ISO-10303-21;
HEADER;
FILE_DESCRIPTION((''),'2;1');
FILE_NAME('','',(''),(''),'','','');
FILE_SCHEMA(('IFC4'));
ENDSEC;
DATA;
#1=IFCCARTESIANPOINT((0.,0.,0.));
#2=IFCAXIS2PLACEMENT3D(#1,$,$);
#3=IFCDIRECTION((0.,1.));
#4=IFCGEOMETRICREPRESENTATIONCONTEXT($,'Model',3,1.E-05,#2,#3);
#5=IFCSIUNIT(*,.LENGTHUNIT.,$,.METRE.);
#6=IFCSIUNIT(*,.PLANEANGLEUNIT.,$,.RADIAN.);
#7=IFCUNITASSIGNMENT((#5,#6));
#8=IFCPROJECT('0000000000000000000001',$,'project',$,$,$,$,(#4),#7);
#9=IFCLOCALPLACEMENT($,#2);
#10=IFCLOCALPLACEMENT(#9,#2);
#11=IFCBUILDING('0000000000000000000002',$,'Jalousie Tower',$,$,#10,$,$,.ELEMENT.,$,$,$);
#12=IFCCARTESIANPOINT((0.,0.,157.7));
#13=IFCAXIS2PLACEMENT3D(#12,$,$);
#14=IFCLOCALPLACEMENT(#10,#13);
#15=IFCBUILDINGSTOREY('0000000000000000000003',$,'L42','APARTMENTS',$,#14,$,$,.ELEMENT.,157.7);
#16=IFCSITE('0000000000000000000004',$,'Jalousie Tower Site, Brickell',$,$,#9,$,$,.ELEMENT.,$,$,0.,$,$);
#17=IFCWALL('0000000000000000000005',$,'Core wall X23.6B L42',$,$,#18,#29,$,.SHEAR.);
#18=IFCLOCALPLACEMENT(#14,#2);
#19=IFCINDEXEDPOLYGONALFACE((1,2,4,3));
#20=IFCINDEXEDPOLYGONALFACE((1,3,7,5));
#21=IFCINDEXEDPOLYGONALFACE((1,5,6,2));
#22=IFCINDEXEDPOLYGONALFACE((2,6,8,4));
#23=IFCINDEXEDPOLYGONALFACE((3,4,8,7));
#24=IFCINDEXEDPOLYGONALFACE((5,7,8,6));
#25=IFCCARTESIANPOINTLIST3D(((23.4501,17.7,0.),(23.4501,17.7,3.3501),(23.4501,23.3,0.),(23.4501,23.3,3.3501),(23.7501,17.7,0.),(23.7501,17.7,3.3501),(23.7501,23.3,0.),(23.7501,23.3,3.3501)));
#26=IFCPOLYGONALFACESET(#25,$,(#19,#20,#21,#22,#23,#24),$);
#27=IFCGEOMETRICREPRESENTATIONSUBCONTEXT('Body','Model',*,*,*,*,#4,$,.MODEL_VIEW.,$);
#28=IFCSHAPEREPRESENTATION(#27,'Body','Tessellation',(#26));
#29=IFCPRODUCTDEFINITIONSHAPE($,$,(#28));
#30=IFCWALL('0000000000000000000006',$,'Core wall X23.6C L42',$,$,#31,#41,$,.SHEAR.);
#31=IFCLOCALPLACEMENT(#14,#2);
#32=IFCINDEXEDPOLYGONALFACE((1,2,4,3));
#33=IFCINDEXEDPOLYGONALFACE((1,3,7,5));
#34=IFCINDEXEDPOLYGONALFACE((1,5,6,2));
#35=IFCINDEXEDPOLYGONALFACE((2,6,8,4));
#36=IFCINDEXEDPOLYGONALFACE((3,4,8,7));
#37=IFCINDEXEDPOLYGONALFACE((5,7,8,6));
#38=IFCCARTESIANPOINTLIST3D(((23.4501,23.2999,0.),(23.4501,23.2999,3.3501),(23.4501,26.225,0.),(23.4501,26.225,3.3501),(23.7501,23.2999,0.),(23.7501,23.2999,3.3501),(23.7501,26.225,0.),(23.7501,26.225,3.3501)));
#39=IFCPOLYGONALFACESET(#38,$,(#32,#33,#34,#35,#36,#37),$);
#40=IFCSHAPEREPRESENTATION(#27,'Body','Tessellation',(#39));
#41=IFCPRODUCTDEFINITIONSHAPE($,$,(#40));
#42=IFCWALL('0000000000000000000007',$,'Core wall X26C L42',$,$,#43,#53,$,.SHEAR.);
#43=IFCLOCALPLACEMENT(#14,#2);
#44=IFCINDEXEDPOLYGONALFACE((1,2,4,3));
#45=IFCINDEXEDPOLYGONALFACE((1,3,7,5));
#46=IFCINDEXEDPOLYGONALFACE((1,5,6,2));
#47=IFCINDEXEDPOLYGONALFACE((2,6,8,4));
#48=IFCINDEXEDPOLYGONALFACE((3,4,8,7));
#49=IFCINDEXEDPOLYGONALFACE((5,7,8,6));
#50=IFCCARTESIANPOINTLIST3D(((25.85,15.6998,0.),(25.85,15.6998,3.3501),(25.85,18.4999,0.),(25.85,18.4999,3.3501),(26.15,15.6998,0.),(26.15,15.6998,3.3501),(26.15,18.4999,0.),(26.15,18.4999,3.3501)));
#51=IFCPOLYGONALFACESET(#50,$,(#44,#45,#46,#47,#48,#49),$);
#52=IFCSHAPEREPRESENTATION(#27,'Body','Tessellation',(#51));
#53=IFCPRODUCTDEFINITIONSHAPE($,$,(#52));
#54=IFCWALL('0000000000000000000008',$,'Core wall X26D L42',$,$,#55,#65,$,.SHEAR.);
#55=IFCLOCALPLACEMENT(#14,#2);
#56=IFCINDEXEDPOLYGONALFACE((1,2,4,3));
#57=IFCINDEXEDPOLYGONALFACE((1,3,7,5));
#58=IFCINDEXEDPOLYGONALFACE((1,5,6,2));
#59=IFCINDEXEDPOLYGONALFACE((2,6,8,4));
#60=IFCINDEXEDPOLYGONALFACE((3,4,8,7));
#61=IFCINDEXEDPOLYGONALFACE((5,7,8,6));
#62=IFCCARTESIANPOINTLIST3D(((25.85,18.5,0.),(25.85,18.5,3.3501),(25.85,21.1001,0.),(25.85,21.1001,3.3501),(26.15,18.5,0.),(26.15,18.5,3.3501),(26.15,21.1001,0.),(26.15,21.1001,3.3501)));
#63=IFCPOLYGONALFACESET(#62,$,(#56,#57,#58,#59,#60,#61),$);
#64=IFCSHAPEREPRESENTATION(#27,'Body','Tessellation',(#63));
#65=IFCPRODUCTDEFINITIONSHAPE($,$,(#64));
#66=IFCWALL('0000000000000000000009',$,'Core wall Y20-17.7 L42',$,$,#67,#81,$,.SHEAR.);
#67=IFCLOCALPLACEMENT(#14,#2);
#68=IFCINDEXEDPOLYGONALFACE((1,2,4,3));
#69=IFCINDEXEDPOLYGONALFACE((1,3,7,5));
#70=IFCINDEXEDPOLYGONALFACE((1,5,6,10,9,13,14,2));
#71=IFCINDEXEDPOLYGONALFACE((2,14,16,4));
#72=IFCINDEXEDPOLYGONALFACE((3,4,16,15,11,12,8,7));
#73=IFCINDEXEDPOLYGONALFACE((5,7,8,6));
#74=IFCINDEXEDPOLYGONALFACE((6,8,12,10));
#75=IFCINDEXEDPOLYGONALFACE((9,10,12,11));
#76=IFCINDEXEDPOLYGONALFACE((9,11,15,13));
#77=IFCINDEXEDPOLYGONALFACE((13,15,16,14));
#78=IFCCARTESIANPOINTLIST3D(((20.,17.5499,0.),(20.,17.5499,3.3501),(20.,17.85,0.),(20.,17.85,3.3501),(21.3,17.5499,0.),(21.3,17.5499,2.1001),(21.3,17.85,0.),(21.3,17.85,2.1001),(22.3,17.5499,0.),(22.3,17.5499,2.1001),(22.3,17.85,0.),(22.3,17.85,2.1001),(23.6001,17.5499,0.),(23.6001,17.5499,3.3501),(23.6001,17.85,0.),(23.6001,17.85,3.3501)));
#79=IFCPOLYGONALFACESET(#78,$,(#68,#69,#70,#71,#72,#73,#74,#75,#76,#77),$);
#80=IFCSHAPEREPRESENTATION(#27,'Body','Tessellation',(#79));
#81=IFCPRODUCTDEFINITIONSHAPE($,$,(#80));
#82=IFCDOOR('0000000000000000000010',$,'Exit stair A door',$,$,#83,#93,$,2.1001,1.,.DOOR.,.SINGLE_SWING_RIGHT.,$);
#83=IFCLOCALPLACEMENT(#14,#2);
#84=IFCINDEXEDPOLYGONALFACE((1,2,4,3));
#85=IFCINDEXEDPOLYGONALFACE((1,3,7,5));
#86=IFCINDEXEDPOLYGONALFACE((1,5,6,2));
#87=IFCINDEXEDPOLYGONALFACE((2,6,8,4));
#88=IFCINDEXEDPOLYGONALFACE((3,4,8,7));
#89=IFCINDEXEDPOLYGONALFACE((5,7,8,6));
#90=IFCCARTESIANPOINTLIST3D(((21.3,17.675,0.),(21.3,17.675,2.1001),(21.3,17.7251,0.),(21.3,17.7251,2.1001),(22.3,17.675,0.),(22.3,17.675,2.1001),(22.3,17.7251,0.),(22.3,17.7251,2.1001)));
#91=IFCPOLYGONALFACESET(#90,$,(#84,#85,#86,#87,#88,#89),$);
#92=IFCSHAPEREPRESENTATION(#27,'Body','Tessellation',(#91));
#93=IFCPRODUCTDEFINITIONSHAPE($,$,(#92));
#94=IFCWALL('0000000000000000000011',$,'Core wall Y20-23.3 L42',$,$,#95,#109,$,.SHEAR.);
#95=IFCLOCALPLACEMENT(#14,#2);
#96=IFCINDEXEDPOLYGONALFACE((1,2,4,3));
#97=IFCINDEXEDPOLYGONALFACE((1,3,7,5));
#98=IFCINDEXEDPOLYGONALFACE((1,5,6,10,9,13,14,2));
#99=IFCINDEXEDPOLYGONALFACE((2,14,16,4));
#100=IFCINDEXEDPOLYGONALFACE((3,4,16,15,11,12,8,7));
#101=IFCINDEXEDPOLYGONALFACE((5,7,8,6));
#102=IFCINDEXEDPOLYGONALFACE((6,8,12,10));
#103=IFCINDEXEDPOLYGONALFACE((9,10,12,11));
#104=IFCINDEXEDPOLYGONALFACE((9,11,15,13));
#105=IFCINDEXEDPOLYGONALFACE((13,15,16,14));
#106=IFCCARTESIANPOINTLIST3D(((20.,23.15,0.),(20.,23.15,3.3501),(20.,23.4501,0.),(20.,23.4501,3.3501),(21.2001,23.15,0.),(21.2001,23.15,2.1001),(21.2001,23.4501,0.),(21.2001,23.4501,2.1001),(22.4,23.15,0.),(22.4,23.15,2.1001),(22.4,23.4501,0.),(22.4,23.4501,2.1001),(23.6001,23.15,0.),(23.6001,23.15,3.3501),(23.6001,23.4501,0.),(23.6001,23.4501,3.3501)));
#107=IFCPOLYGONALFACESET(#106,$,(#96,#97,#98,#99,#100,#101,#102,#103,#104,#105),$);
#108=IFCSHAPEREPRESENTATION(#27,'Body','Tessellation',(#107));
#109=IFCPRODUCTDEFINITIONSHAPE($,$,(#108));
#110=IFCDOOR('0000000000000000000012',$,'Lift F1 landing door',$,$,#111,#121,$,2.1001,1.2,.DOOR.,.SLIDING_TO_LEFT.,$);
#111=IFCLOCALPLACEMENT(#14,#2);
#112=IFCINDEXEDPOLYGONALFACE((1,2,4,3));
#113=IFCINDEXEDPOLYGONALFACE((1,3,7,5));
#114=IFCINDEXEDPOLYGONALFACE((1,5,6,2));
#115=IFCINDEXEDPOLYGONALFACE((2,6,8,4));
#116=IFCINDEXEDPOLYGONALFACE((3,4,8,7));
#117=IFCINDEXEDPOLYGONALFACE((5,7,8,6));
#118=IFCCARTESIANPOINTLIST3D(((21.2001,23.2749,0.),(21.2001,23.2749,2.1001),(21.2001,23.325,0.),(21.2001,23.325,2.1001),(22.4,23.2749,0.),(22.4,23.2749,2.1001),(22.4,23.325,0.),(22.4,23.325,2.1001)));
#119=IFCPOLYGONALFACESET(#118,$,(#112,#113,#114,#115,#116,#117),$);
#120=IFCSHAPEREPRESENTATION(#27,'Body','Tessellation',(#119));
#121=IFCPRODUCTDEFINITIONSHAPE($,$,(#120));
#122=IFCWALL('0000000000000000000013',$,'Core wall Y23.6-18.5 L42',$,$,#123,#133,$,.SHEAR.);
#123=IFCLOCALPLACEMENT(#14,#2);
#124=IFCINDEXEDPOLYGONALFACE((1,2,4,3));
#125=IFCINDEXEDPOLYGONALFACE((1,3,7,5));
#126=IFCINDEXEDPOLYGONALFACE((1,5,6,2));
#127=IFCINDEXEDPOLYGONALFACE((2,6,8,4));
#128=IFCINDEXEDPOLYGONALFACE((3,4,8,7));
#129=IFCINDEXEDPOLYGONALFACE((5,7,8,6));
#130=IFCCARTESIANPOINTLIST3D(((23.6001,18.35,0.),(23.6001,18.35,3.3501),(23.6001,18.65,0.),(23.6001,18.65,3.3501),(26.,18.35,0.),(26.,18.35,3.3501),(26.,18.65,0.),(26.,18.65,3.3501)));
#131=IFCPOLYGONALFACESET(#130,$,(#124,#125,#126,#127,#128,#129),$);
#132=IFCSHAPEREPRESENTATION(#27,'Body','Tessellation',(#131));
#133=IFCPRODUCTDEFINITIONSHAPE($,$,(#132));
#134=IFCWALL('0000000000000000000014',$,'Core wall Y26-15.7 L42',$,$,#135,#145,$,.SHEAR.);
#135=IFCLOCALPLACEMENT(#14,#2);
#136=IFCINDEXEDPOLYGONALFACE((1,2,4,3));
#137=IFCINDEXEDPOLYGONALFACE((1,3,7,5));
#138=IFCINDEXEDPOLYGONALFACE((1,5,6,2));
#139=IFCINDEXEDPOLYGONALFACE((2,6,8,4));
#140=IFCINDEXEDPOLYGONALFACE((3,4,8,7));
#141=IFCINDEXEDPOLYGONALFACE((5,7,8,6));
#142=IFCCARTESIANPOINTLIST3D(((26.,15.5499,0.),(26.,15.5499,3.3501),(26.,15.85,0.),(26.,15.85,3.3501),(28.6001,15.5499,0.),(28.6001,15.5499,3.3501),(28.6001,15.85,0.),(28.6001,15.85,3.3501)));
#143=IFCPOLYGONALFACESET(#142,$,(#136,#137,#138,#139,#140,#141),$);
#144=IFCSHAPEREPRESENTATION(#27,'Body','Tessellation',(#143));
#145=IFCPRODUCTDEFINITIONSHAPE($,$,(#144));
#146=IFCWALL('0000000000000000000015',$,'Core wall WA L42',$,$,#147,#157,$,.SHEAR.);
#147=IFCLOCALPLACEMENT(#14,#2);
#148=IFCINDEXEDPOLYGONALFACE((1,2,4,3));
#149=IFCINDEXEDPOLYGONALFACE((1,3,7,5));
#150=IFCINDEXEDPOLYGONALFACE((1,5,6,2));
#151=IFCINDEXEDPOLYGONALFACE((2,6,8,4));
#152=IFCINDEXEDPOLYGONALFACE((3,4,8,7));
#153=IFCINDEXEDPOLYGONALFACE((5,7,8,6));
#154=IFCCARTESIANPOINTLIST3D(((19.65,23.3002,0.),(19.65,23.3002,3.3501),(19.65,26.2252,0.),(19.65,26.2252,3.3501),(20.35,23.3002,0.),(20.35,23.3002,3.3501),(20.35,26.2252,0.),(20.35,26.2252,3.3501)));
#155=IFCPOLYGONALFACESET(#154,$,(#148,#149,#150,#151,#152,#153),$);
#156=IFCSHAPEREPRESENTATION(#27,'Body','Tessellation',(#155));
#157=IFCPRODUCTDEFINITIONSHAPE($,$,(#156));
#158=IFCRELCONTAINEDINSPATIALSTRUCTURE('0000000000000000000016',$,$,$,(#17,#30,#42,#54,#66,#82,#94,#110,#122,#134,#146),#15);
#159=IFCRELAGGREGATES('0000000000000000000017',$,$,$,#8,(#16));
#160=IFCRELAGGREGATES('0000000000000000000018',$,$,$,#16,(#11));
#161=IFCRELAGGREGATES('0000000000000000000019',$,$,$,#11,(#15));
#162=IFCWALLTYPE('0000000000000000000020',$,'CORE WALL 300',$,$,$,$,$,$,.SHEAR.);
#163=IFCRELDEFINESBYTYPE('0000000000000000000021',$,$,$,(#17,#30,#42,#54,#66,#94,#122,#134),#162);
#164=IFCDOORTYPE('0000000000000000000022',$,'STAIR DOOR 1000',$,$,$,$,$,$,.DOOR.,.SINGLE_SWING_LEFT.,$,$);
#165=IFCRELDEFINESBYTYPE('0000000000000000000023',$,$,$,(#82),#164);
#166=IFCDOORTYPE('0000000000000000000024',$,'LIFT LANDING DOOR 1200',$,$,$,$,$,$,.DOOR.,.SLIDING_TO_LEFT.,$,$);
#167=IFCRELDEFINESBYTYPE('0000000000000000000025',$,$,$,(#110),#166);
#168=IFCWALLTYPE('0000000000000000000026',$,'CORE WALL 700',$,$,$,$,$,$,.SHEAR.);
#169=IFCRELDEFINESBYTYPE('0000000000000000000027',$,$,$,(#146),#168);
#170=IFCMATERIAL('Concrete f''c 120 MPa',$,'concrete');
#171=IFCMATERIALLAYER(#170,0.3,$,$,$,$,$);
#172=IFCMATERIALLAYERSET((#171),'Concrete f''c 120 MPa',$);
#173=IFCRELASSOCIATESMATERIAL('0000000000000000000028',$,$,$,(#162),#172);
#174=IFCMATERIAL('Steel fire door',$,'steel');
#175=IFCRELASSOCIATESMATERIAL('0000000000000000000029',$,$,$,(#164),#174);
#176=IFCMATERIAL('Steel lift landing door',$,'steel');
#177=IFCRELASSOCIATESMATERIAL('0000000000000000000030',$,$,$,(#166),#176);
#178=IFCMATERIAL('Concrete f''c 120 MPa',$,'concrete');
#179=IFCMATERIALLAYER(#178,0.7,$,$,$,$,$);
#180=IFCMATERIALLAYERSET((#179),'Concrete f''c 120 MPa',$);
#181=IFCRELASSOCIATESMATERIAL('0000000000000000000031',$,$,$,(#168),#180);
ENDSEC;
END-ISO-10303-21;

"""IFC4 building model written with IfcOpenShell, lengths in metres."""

from ifc_helpers import new_model, si_unit, direction, frame, frame_2d, origin, place, context, subcontext, project, spatial, rectangle, extrude, material, layer, layer_set, type_object, element, fill, save


model = new_model("IFC4")

# Units and contexts
model_context = context("Model", 3, precision=1e-05, world=origin(), true_north=direction((0.0, 1.0)))
body_context = subcontext(model_context, "Body", "Model", "MODEL_VIEW")
ifc_project = project(units=[si_unit("LENGTHUNIT", "METRE"), si_unit("PLANEANGLEUNIT", "RADIAN")], contexts=[model_context])

# Site, building, storey
site_placement = place(None, origin())
site = spatial("IfcSite", under=ifc_project, at=site_placement, Name="Jalousie Tower Site, Brickell", CompositionType="ELEMENT", RefElevation=0.0)
building_placement = place(site_placement, origin())
building = spatial("IfcBuilding", under=site, at=building_placement, Name="Jalousie Tower", CompositionType="ELEMENT")
storey_placement = place(building_placement, frame((0.0, 0.0, 157.7)))
storey = spatial("IfcBuildingStorey", under=building, at=storey_placement, Name="L42", Description="APARTMENTS", CompositionType="ELEMENT", Elevation=157.7)

# Walls
ifc_material_1 = material(Name="Concrete f'c 120 MPa", Category="concrete")
ifc_layer_1 = layer(ifc_material_1, 0.3)
ifc_layer_set_1 = layer_set([ifc_layer_1], Name="Concrete f'c 120 MPa")
wall_type_1 = type_object("IfcWallType", Name="CORE WALL 300", PredefinedType="SHEAR", material=ifc_layer_set_1)
wall_1_placement = place(storey_placement, frame((23.6001, 17.7, 0.0), z_axis=(0.0, 0.0, 1.0), x_axis=(0.0, 1.0, 0.0)))
element("IfcWall", 1, at=wall_1_placement, inside=storey, type_object=wall_type_1, Name="Core wall X23.6B L42", PredefinedType="SHEAR", context=body_context, shape_type="SweptSolid", body=[
    extrude(rectangle(XDim=5.6001, YDim=0.3, at=frame_2d((2.8, 0.0))), origin(), (0.0, 0.0, 1.0), 3.3501),
])
wall_2_placement = place(storey_placement, frame((23.6001, 23.3, 0.0), z_axis=(0.0, 0.0, 1.0), x_axis=(0.0, 1.0, 0.0)))
element("IfcWall", 2, at=wall_2_placement, inside=storey, type_object=wall_type_1, Name="Core wall X23.6C L42", PredefinedType="SHEAR", context=body_context, shape_type="SweptSolid", body=[
    extrude(rectangle(XDim=2.925, YDim=0.3, at=frame_2d((1.4624, 0.0))), origin(), (0.0, 0.0, 1.0), 3.3501),
])
wall_3_placement = place(storey_placement, frame((26.0, 15.7, 0.0), z_axis=(0.0, 0.0, 1.0), x_axis=(0.0, 1.0, 0.0)))
element("IfcWall", 3, at=wall_3_placement, inside=storey, type_object=wall_type_1, Name="Core wall X26C L42", PredefinedType="SHEAR", context=body_context, shape_type="SweptSolid", body=[
    extrude(rectangle(XDim=2.8, YDim=0.3, at=frame_2d((1.3999, 0.0))), origin(), (0.0, 0.0, 1.0), 3.3501),
])
wall_4_placement = place(storey_placement, frame((26.0, 18.5, 0.0), z_axis=(0.0, 0.0, 1.0), x_axis=(0.0, 1.0, 0.0)))
element("IfcWall", 4, at=wall_4_placement, inside=storey, type_object=wall_type_1, Name="Core wall X26D L42", PredefinedType="SHEAR", context=body_context, shape_type="SweptSolid", body=[
    extrude(rectangle(XDim=2.6001, YDim=0.3, at=frame_2d((1.3, 0.0))), origin(), (0.0, 0.0, 1.0), 3.3501),
])

# Walls, openings, doors
wall_5_placement = place(storey_placement, frame((20.0, 17.7, 0.0), z_axis=(0.0, 0.0, 1.0), x_axis=(1.0, 0.0, 0.0)))
wall_5 = element("IfcWall", 5, at=wall_5_placement, inside=storey, type_object=wall_type_1, Name="Core wall Y20-17.7 L42", PredefinedType="SHEAR", context=body_context, shape_type="SweptSolid", body=[
    extrude(rectangle(XDim=3.6001, YDim=0.3, at=frame_2d((1.8, 0.0))), origin(), (0.0, 0.0, 1.0), 3.3501),
])
opening_1_placement = place(wall_5_placement, frame((1.3, 0.0, 0.0)))
opening_1 = element("IfcOpeningElement", 6, at=opening_1_placement, cuts=wall_5, PredefinedType="OPENING", context=body_context, shape_type="SweptSolid", body=[
    extrude(rectangle(XDim=1.0, YDim=2.1001, at=frame_2d((0.5, 1.05))), frame((0.0, 0.1599, 0.0), z_axis=(0.0, -1.0, 0.0), x_axis=(1.0, 0.0, 0.0)), (0.0, 0.0, 1.0), 0.3201),
])
ifc_material_2 = material(Name="Steel fire door", Category="steel")
door_type_1 = type_object("IfcDoorType", Name="STAIR DOOR 1000", OperationType="SINGLE_SWING_LEFT", PredefinedType="DOOR", material=ifc_material_2)
door_1_placement = place(opening_1_placement, frame((1.0, 0.0, 0.0), z_axis=(0.0, 0.0, 1.0), x_axis=(-1.0, 0.0, 0.0)))
door_1 = element("IfcDoor", 7, at=door_1_placement, inside=storey, type_object=door_type_1, Name="Exit stair A door", OperationType="SINGLE_SWING_RIGHT", OverallHeight=2.1001, OverallWidth=1.0, PredefinedType="DOOR", context=body_context, shape_type="SweptSolid", body=[
    extrude(rectangle(XDim=1.0, YDim=2.1001, at=frame_2d((0.5, 1.05))), frame((0.0, 0.0249, 0.0), z_axis=(0.0, -1.0, 0.0), x_axis=(1.0, 0.0, 0.0)), (0.0, 0.0, 1.0), 0.05),
])
fill(opening_1, door_1)
wall_6_placement = place(storey_placement, frame((20.0, 23.3, 0.0), z_axis=(0.0, 0.0, 1.0), x_axis=(1.0, 0.0, 0.0)))
wall_6 = element("IfcWall", 8, at=wall_6_placement, inside=storey, type_object=wall_type_1, Name="Core wall Y20-23.3 L42", PredefinedType="SHEAR", context=body_context, shape_type="SweptSolid", body=[
    extrude(rectangle(XDim=3.6001, YDim=0.3, at=frame_2d((1.8, 0.0))), origin(), (0.0, 0.0, 1.0), 3.3501),
])
opening_2_placement = place(wall_6_placement, frame((1.2, 0.0, 0.0)))
opening_2 = element("IfcOpeningElement", 9, at=opening_2_placement, cuts=wall_6, PredefinedType="OPENING", context=body_context, shape_type="SweptSolid", body=[
    extrude(rectangle(XDim=1.2, YDim=2.1001, at=frame_2d((0.6001, 1.05))), frame((0.0, 0.1599, 0.0), z_axis=(0.0, -1.0, 0.0), x_axis=(1.0, 0.0, 0.0)), (0.0, 0.0, 1.0), 0.3201),
])
ifc_material_3 = material(Name="Steel lift landing door", Category="steel")
door_type_2 = type_object("IfcDoorType", Name="LIFT LANDING DOOR 1200", OperationType="SLIDING_TO_LEFT", PredefinedType="DOOR", material=ifc_material_3)
door_2_placement = place(opening_2_placement, origin())
door_2 = element("IfcDoor", 10, at=door_2_placement, inside=storey, type_object=door_type_2, Name="Lift F1 landing door", OperationType="SLIDING_TO_LEFT", OverallHeight=2.1001, OverallWidth=1.2, PredefinedType="DOOR", context=body_context, shape_type="SweptSolid", body=[
    extrude(rectangle(XDim=1.2, YDim=2.1001, at=frame_2d((0.6001, 1.05))), frame((0.0, 0.0249, 0.0), z_axis=(0.0, -1.0, 0.0), x_axis=(1.0, 0.0, 0.0)), (0.0, 0.0, 1.0), 0.05),
])
fill(opening_2, door_2)

# Walls
wall_7_placement = place(storey_placement, frame((23.6001, 18.5, 0.0), z_axis=(0.0, 0.0, 1.0), x_axis=(1.0, 0.0, 0.0)))
element("IfcWall", 11, at=wall_7_placement, inside=storey, type_object=wall_type_1, Name="Core wall Y23.6-18.5 L42", PredefinedType="SHEAR", context=body_context, shape_type="SweptSolid", body=[
    extrude(rectangle(XDim=2.3999, YDim=0.3, at=frame_2d((1.2, 0.0))), origin(), (0.0, 0.0, 1.0), 3.3501),
])
wall_8_placement = place(storey_placement, frame((26.0, 15.7, 0.0), z_axis=(0.0, 0.0, 1.0), x_axis=(1.0, 0.0, 0.0)))
element("IfcWall", 12, at=wall_8_placement, inside=storey, type_object=wall_type_1, Name="Core wall Y26-15.7 L42", PredefinedType="SHEAR", context=body_context, shape_type="SweptSolid", body=[
    extrude(rectangle(XDim=2.6001, YDim=0.3, at=frame_2d((1.3, 0.0))), origin(), (0.0, 0.0, 1.0), 3.3501),
])
ifc_material_4 = material(Name="Concrete f'c 120 MPa", Category="concrete")
ifc_layer_2 = layer(ifc_material_4, 0.7)
ifc_layer_set_2 = layer_set([ifc_layer_2], Name="Concrete f'c 120 MPa")
wall_type_2 = type_object("IfcWallType", Name="CORE WALL 700", PredefinedType="SHEAR", material=ifc_layer_set_2)
wall_9_placement = place(storey_placement, frame((20.0, 26.2251, 0.0), z_axis=(0.0, 0.0, 1.0), x_axis=(0.0, -1.0, 0.0)))
element("IfcWall", 13, at=wall_9_placement, inside=storey, type_object=wall_type_2, Name="Core wall WA L42", PredefinedType="SHEAR", context=body_context, shape_type="SweptSolid", body=[
    extrude(rectangle(XDim=2.925, YDim=0.7, at=frame_2d((1.4624, 0.0))), origin(), (0.0, 0.0, 1.0), 3.3501),
])

save(model, "model.ifc")
